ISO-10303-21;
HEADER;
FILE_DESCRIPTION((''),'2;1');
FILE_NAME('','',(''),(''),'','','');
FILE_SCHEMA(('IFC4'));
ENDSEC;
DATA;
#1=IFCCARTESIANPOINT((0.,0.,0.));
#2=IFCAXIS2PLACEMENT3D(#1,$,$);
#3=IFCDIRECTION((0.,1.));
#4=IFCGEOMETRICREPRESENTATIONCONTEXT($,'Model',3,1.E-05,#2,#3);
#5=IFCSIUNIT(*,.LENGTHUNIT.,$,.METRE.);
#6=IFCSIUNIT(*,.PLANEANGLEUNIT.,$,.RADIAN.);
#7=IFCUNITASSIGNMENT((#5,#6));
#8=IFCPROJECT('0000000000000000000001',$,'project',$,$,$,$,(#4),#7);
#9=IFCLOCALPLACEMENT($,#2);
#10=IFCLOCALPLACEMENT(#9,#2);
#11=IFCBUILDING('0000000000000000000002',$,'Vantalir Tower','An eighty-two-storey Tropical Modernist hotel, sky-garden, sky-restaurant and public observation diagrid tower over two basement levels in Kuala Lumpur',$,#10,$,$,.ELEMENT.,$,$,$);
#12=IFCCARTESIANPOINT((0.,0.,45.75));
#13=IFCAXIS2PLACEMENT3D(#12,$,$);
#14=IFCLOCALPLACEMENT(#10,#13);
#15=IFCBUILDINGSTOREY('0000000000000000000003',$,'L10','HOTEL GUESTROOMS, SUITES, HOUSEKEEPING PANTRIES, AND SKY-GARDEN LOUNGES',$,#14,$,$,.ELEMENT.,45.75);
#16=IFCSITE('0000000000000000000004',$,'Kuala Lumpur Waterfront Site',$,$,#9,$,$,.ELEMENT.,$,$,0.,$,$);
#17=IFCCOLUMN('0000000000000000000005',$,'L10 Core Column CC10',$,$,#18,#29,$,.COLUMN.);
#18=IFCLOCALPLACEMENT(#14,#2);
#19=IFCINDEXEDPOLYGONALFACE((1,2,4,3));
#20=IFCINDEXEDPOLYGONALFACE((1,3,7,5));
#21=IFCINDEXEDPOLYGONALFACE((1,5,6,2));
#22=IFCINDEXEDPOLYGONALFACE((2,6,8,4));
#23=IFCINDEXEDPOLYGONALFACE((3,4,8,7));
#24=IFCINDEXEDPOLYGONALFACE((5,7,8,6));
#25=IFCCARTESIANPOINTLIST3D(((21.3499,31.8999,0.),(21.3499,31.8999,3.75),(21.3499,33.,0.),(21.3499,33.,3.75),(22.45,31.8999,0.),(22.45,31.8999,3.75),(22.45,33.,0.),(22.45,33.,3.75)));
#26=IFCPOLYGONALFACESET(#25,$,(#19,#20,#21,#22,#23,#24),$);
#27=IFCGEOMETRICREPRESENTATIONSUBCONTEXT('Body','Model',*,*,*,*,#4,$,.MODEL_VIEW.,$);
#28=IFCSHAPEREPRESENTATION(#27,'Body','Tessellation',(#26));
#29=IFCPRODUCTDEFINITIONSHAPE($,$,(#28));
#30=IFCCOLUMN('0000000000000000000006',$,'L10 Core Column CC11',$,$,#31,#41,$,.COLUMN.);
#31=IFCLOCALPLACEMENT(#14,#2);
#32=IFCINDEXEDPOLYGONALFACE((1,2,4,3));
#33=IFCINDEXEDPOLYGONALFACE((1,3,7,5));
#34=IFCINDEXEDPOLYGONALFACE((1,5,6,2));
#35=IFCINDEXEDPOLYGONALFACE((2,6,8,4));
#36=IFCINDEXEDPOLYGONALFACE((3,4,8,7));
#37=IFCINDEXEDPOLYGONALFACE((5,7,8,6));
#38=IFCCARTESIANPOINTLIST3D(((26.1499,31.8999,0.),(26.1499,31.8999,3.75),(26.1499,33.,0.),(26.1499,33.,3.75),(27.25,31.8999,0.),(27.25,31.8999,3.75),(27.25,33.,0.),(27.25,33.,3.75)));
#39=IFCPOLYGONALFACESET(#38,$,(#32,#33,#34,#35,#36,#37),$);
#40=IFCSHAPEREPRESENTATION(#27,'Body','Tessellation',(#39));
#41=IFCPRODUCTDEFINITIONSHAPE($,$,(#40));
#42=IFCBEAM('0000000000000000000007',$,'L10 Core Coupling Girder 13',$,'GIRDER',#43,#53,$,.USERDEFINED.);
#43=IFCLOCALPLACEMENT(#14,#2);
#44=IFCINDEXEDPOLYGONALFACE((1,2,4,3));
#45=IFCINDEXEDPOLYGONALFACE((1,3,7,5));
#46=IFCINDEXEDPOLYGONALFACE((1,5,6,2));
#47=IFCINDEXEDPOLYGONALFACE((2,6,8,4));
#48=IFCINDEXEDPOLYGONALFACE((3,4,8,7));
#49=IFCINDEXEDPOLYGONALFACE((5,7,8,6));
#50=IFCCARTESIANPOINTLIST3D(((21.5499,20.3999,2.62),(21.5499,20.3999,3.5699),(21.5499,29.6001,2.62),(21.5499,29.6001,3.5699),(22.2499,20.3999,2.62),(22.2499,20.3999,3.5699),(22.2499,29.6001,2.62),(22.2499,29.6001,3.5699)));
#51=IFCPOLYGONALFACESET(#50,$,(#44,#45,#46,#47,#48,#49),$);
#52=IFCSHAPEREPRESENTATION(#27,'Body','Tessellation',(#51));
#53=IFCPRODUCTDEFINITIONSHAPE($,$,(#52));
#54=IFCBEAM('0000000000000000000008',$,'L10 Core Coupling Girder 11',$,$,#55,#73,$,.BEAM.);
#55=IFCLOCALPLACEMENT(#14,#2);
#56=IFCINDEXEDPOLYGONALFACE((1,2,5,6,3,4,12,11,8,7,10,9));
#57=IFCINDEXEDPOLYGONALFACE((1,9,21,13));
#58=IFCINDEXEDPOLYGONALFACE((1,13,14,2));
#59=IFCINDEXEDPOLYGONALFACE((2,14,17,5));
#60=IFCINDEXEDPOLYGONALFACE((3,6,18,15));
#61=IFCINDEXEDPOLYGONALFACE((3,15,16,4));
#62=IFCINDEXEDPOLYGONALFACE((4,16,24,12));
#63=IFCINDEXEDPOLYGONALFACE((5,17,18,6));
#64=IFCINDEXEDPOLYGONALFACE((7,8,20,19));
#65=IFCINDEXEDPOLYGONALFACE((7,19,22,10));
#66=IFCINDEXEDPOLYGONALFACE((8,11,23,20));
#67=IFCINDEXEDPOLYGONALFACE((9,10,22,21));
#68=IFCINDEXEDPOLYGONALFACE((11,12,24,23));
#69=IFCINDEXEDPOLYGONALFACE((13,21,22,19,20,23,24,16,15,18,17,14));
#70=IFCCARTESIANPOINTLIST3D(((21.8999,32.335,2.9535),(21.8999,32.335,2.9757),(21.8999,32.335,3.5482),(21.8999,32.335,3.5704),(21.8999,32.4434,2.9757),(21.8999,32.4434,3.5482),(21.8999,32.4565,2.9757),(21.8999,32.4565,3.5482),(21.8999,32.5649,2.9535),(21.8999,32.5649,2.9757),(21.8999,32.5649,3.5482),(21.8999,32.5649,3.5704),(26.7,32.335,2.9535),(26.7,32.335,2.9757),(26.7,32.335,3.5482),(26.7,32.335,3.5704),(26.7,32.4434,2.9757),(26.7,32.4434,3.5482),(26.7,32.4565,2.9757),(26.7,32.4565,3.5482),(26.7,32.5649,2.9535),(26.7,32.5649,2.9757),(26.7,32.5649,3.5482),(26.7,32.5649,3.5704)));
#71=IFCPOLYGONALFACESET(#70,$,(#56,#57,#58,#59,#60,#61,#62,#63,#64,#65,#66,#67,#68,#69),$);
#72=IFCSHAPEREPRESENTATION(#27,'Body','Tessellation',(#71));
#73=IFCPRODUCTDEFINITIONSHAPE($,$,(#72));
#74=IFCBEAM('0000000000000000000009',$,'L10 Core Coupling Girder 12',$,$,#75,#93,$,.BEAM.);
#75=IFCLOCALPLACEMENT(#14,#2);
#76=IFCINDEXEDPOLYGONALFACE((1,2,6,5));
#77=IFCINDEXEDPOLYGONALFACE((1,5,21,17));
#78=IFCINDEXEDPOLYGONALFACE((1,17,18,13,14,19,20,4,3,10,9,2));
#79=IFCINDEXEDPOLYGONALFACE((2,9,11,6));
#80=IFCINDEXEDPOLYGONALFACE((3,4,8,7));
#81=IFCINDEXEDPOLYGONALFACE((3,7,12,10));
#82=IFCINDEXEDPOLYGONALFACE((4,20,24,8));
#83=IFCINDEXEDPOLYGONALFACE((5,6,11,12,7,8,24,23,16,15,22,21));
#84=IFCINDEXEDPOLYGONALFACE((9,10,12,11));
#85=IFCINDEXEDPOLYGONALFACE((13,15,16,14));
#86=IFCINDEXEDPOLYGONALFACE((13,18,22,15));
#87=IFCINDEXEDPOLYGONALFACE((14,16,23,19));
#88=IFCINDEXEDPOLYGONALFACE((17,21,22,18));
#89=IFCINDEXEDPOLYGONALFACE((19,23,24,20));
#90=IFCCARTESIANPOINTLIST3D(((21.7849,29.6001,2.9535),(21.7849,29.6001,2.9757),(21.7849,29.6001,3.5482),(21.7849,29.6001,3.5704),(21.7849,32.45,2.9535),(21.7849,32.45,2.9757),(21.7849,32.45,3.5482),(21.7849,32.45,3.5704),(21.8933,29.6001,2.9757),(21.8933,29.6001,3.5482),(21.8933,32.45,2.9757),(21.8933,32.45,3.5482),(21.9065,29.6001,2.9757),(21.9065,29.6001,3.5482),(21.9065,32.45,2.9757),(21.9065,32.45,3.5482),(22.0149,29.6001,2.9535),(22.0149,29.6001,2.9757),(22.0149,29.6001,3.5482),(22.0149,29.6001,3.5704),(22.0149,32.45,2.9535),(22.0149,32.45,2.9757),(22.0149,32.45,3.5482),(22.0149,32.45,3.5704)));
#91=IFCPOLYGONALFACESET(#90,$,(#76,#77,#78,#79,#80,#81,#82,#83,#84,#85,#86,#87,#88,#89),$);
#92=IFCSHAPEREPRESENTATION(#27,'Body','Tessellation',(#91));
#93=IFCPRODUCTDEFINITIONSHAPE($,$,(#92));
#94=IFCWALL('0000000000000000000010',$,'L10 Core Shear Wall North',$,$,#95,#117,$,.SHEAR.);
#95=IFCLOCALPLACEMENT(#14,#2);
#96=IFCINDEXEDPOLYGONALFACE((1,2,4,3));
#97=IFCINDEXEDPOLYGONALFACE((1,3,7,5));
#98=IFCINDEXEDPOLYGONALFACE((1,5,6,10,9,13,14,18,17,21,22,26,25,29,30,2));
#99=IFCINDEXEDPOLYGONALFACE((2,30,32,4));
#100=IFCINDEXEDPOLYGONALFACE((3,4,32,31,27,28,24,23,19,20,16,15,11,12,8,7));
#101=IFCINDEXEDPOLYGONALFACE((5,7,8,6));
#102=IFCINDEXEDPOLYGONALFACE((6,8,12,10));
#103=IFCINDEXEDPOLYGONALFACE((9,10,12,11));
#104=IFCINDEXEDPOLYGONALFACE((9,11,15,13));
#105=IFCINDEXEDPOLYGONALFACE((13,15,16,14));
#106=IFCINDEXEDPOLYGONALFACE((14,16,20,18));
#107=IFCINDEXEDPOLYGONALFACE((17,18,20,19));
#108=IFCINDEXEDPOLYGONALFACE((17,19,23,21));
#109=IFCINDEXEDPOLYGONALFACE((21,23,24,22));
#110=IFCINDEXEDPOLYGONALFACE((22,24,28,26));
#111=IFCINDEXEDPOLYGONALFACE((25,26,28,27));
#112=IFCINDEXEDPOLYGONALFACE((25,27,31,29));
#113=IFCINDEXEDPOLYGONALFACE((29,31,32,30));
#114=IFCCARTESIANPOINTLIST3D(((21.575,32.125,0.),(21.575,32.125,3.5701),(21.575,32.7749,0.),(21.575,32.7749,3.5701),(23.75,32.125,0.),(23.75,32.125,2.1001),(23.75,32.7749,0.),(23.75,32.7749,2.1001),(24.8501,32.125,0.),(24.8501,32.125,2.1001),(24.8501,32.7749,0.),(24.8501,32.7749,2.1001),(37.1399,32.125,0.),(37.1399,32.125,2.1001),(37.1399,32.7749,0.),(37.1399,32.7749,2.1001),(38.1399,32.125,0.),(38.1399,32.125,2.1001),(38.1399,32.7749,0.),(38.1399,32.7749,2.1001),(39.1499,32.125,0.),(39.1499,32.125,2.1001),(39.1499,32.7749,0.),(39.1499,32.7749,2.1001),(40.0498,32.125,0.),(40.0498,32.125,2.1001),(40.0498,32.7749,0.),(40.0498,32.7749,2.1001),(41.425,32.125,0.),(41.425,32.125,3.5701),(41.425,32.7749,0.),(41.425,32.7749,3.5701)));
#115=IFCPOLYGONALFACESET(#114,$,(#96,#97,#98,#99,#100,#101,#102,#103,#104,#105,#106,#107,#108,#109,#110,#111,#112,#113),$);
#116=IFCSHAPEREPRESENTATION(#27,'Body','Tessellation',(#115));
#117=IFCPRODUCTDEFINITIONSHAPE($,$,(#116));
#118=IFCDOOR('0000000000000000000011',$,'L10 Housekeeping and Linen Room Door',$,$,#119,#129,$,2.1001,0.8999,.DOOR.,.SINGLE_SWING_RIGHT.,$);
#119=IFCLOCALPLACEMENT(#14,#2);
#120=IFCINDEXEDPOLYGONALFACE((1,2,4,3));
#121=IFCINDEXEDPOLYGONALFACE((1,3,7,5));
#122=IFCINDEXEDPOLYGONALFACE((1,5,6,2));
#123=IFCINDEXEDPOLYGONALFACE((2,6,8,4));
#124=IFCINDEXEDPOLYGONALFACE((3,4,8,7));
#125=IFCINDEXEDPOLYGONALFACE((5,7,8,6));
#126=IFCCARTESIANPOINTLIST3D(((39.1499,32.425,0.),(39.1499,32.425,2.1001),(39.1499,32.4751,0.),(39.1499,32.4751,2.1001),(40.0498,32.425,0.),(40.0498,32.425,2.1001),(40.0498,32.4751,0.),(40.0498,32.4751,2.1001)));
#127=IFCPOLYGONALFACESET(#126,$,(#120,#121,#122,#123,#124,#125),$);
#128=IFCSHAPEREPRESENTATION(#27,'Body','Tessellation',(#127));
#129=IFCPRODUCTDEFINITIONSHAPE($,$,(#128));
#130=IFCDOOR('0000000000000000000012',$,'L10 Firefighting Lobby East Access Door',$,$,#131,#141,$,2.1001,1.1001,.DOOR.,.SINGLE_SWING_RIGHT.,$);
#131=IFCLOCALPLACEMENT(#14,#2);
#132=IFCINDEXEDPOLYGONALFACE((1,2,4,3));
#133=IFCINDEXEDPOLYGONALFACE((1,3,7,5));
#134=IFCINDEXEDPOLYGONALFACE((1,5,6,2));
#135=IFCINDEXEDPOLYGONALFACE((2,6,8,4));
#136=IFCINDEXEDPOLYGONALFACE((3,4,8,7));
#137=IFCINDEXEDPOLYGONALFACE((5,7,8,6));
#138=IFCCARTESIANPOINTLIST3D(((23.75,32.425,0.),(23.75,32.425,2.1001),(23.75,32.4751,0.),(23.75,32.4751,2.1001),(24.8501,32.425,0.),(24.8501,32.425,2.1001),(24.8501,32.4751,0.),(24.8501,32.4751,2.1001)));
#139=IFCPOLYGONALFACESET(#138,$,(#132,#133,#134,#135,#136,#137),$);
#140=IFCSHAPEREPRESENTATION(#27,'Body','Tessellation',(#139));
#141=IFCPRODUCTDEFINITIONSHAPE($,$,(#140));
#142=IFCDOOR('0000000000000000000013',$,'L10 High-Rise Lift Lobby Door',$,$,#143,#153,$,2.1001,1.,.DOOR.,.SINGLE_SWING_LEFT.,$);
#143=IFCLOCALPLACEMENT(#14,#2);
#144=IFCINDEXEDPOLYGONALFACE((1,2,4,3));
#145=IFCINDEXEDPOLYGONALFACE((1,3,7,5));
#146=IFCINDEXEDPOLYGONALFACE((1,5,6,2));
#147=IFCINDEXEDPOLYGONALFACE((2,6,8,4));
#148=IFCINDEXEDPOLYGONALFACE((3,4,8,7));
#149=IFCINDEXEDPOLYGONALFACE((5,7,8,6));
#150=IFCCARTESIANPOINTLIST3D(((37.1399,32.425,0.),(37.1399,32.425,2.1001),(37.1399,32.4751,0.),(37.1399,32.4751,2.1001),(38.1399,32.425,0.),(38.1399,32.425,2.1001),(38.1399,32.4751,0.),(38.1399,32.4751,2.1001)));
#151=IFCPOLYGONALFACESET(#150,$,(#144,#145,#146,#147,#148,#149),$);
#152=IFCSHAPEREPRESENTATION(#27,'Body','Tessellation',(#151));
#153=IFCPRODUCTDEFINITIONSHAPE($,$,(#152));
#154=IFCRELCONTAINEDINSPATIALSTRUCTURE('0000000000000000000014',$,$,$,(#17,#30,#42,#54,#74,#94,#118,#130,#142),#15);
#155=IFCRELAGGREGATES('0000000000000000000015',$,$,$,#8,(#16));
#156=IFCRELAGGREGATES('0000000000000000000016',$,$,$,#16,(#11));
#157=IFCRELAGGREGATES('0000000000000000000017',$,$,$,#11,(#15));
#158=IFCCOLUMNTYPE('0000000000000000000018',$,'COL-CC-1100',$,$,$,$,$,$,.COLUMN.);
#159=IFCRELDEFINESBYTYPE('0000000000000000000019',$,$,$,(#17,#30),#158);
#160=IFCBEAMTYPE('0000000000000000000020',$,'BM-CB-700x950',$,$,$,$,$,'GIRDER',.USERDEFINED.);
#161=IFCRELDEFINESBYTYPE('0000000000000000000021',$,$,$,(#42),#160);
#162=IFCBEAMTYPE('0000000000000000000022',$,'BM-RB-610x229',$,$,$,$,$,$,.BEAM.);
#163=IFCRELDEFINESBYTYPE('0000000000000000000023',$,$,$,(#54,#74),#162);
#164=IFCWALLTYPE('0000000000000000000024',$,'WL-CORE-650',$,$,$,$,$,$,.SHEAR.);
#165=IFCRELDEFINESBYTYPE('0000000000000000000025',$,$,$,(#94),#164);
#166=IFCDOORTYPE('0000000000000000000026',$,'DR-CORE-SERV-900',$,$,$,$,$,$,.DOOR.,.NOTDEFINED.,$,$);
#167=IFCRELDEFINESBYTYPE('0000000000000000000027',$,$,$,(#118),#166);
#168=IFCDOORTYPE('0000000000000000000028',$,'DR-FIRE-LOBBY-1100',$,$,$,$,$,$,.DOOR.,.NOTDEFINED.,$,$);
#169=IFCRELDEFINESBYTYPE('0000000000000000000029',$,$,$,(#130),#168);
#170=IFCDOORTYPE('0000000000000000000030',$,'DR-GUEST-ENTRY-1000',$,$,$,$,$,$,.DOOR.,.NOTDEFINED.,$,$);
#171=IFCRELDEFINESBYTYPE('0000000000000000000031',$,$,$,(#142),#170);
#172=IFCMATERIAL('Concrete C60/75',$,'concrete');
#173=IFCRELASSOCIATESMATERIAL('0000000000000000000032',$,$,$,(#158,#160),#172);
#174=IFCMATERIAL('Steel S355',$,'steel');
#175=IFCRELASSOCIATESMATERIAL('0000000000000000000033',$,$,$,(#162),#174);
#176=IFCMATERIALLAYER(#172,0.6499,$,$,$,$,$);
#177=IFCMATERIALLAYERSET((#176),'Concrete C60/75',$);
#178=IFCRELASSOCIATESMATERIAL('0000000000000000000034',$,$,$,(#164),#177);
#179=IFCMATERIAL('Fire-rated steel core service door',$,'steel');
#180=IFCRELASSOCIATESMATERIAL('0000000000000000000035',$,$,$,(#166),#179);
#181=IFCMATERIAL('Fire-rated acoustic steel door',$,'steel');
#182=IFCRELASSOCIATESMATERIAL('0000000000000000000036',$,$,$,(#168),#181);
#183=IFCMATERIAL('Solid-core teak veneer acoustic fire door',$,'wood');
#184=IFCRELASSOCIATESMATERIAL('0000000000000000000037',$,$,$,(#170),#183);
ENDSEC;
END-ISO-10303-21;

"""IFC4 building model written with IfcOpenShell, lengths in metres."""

from ifc_helpers import new_model, si_unit, direction, frame, frame_2d, origin, origin_2d, place, context, subcontext, project, spatial, rectangle, i_section, extrude, material, layer, layer_set, material_profile, profile_set, type_object, element, fill, save


model = new_model("IFC4")

# Units and contexts
model_context = context("Model", 3, precision=1e-05, world=origin(), true_north=direction((0.0, 1.0)))
body_context = subcontext(model_context, "Body", "Model", "MODEL_VIEW")
ifc_project = project(units=[si_unit("LENGTHUNIT", "METRE"), si_unit("PLANEANGLEUNIT", "RADIAN")], contexts=[model_context])

# Site, building, storey
site_placement = place(None, origin())
site = spatial("IfcSite", under=ifc_project, at=site_placement, Name="Kuala Lumpur Waterfront Site", CompositionType="ELEMENT", RefElevation=0.0)
building_placement = place(site_placement, origin())
building = spatial("IfcBuilding", under=site, at=building_placement, Name="Vantalir Tower", Description="An eighty-two-storey Tropical Modernist hotel, sky-garden, sky-restaurant and public observation diagrid tower over two basement levels in Kuala Lumpur", CompositionType="ELEMENT")
storey_placement = place(building_placement, frame((0.0, 0.0, 45.75)))
storey = spatial("IfcBuildingStorey", under=building, at=storey_placement, Name="L10", Description="HOTEL GUESTROOMS, SUITES, HOUSEKEEPING PANTRIES, AND SKY-GARDEN LOUNGES", CompositionType="ELEMENT", Elevation=45.75)

# Columns
ifc_material_1 = material(Name="Concrete C60/75", Category="concrete")
ifc_material_profile_1 = material_profile(ifc_material_1, rectangle(XDim=1.1001, YDim=1.1001, at=origin_2d()), Name="Concrete C60/75")
ifc_profile_set_1 = profile_set([ifc_material_profile_1], Name="Concrete C60/75")
column_type = type_object("IfcColumnType", Name="COL-CC-1100", PredefinedType="COLUMN", material=ifc_profile_set_1)
for number, where, z_axis, x_axis, name in (
    (1, (21.8999, 32.45, 0.0), (0.0, 0.0, 1.0), (1.0, 0.0, 0.0), "L10 Core Column CC10"),
    (2, (26.7, 32.45, 0.0), (0.0, 0.0, 1.0), (1.0, 0.0, 0.0), "L10 Core Column CC11"),
):
    element("IfcColumn", number, at=place(storey_placement, frame(where, z_axis=z_axis, x_axis=x_axis)), inside=storey, type_object=column_type, Name=name, PredefinedType="COLUMN", context=body_context, shape_type="SweptSolid", body=[
        extrude(rectangle(XDim=1.1001, YDim=1.1001, at=origin_2d()), origin(), (0.0, 0.0, 1.0), 3.75),
    ])

# Beams
ifc_material_profile_2 = material_profile(ifc_material_1, rectangle(XDim=0.7, YDim=0.95, at=origin_2d()), Name="Concrete C60/75")
ifc_profile_set_2 = profile_set([ifc_material_profile_2], Name="Concrete C60/75")
beam_type_1 = type_object("IfcBeamType", Name="BM-CB-700x950", ElementType="GIRDER", PredefinedType="USERDEFINED", material=ifc_profile_set_2)
beam_1_placement = place(storey_placement, frame((21.8999, 29.6001, 3.095), z_axis=(0.0, -1.0, 0.0), x_axis=(1.0, 0.0, 0.0)))
element("IfcBeam", 3, at=beam_1_placement, inside=storey, type_object=beam_type_1, Name="L10 Core Coupling Girder 13", ObjectType="GIRDER", PredefinedType="USERDEFINED", context=body_context, shape_type="SweptSolid", body=[
    extrude(rectangle(XDim=0.7, YDim=0.95, at=origin_2d()), origin(), (0.0, 0.0, 1.0), 9.2002),
])
ifc_material_2 = material(Name="Steel S355", Category="steel")
ifc_material_profile_3 = material_profile(ifc_material_2, i_section(OverallWidth=0.23, OverallDepth=0.6169, WebThickness=0.0132, FlangeThickness=0.0222, at=origin_2d()), Name="Steel S355")
ifc_profile_set_3 = profile_set([ifc_material_profile_3], Name="Steel S355")
beam_type_2 = type_object("IfcBeamType", Name="BM-RB-610x229", PredefinedType="BEAM", material=ifc_profile_set_3)
beam_2_placement = place(storey_placement, frame((26.7, 32.45, 3.262), z_axis=(-1.0, 0.0, 0.0), x_axis=(0.0, -1.0, 0.0)))
element("IfcBeam", 4, at=beam_2_placement, inside=storey, type_object=beam_type_2, Name="L10 Core Coupling Girder 11", PredefinedType="BEAM", context=body_context, shape_type="SweptSolid", body=[
    extrude(i_section(OverallWidth=0.23, OverallDepth=0.6169, WebThickness=0.0132, FlangeThickness=0.0222, at=origin_2d()), origin(), (0.0, 0.0, 1.0), 4.8),
])
beam_3_placement = place(storey_placement, frame((21.8999, 32.45, 3.262), z_axis=(0.0, -1.0, 0.0), x_axis=(1.0, 0.0, 0.0)))
element("IfcBeam", 5, at=beam_3_placement, inside=storey, type_object=beam_type_2, Name="L10 Core Coupling Girder 12", PredefinedType="BEAM", context=body_context, shape_type="SweptSolid", body=[
    extrude(i_section(OverallWidth=0.23, OverallDepth=0.6169, WebThickness=0.0132, FlangeThickness=0.0222, at=origin_2d()), origin(), (0.0, 0.0, 1.0), 2.8499),
])

# Wall, openings, doors
ifc_layer_1 = layer(ifc_material_1, 0.6499)
ifc_layer_set_1 = layer_set([ifc_layer_1], Name="Concrete C60/75")
wall_type_1 = type_object("IfcWallType", Name="WL-CORE-650", PredefinedType="SHEAR", material=ifc_layer_set_1)
wall_1_placement = place(storey_placement, frame((21.575, 32.45, 0.0), z_axis=(0.0, 0.0, 1.0), x_axis=(1.0, 0.0, 0.0)))
wall_1 = element("IfcWall", 6, at=wall_1_placement, inside=storey, type_object=wall_type_1, Name="L10 Core Shear Wall North", PredefinedType="SHEAR", context=body_context, shape_type="SweptSolid", body=[
    extrude(rectangle(XDim=19.8501, YDim=0.6499, at=frame_2d((9.925, 0.0))), origin(), (0.0, 0.0, 1.0), 3.5701),
])
opening_1_placement = place(wall_1_placement, frame((2.175, 0.0, 0.0)))
opening_1 = element("IfcOpeningElement", 7, at=opening_1_placement, cuts=wall_1, PredefinedType="OPENING", context=body_context, shape_type="SweptSolid", body=[
    extrude(rectangle(XDim=1.1001, YDim=2.1001, at=frame_2d((0.55, 1.05))), frame((0.0, 0.335, 0.0), z_axis=(0.0, -1.0, 0.0), x_axis=(1.0, 0.0, 0.0)), (0.0, 0.0, 1.0), 0.6699),
])
opening_2_placement = place(wall_1_placement, frame((15.5649, 0.0, 0.0)))
opening_2 = element("IfcOpeningElement", 8, at=opening_2_placement, cuts=wall_1, PredefinedType="OPENING", context=body_context, shape_type="SweptSolid", body=[
    extrude(rectangle(XDim=1.0, YDim=2.1001, at=frame_2d((0.5, 1.05))), frame((0.0, 0.335, 0.0), z_axis=(0.0, -1.0, 0.0), x_axis=(1.0, 0.0, 0.0)), (0.0, 0.0, 1.0), 0.6699),
])
opening_3_placement = place(wall_1_placement, frame((17.575, 0.0, 0.0)))
opening_3 = element("IfcOpeningElement", 9, at=opening_3_placement, cuts=wall_1, PredefinedType="OPENING", context=body_context, shape_type="SweptSolid", body=[
    extrude(rectangle(XDim=0.8999, YDim=2.1001, at=frame_2d((0.45, 1.05))), frame((0.0, 0.335, 0.0), z_axis=(0.0, -1.0, 0.0), x_axis=(1.0, 0.0, 0.0)), (0.0, 0.0, 1.0), 0.6699),
])
ifc_material_3 = material(Name="Fire-rated steel core service door", Category="steel")
door_type_1 = type_object("IfcDoorType", Name="DR-CORE-SERV-900", OperationType="NOTDEFINED", PredefinedType="DOOR", material=ifc_material_3)
door_1_placement = place(opening_3_placement, frame((0.8999, 0.0, 0.0), z_axis=(0.0, 0.0, 1.0), x_axis=(-1.0, 0.0, 0.0)))
door_1 = element("IfcDoor", 10, at=door_1_placement, inside=storey, type_object=door_type_1, Name="L10 Housekeeping and Linen Room Door", OperationType="SINGLE_SWING_RIGHT", OverallHeight=2.1001, OverallWidth=0.8999, PredefinedType="DOOR", context=body_context, shape_type="SweptSolid", body=[
    extrude(rectangle(XDim=0.8999, YDim=2.1001, at=frame_2d((0.45, 1.05))), frame((0.0, 0.0249, 0.0), z_axis=(0.0, -1.0, 0.0), x_axis=(1.0, 0.0, 0.0)), (0.0, 0.0, 1.0), 0.05),
])
fill(opening_3, door_1)
ifc_material_4 = material(Name="Fire-rated acoustic steel door", Category="steel")
door_type_2 = type_object("IfcDoorType", Name="DR-FIRE-LOBBY-1100", OperationType="NOTDEFINED", PredefinedType="DOOR", material=ifc_material_4)
door_2_placement = place(opening_1_placement, frame((1.1001, 0.0, 0.0), z_axis=(0.0, 0.0, 1.0), x_axis=(-1.0, 0.0, 0.0)))
door_2 = element("IfcDoor", 11, at=door_2_placement, inside=storey, type_object=door_type_2, Name="L10 Firefighting Lobby East Access Door", OperationType="SINGLE_SWING_RIGHT", OverallHeight=2.1001, OverallWidth=1.1001, PredefinedType="DOOR", context=body_context, shape_type="SweptSolid", body=[
    extrude(rectangle(XDim=1.1001, YDim=2.1001, at=frame_2d((0.55, 1.05))), frame((0.0, 0.0249, 0.0), z_axis=(0.0, -1.0, 0.0), x_axis=(1.0, 0.0, 0.0)), (0.0, 0.0, 1.0), 0.05),
])
fill(opening_1, door_2)
ifc_material_5 = material(Name="Solid-core teak veneer acoustic fire door", Category="wood")
door_type_3 = type_object("IfcDoorType", Name="DR-GUEST-ENTRY-1000", OperationType="NOTDEFINED", PredefinedType="DOOR", material=ifc_material_5)
door_3_placement = place(opening_2_placement, frame((1.0, 0.0, 0.0), z_axis=(0.0, 0.0, 1.0), x_axis=(-1.0, 0.0, 0.0)))
door_3 = element("IfcDoor", 12, at=door_3_placement, inside=storey, type_object=door_type_3, Name="L10 High-Rise Lift Lobby Door", OperationType="SINGLE_SWING_LEFT", OverallHeight=2.1001, OverallWidth=1.0, PredefinedType="DOOR", context=body_context, shape_type="SweptSolid", body=[
    extrude(rectangle(XDim=1.0, YDim=2.1001, at=frame_2d((0.5, 1.05))), frame((0.0, 0.0249, 0.0), z_axis=(0.0, -1.0, 0.0), x_axis=(1.0, 0.0, 0.0)), (0.0, 0.0, 1.0), 0.05),
])
fill(opening_2, door_3)

save(model, "model.ifc")
